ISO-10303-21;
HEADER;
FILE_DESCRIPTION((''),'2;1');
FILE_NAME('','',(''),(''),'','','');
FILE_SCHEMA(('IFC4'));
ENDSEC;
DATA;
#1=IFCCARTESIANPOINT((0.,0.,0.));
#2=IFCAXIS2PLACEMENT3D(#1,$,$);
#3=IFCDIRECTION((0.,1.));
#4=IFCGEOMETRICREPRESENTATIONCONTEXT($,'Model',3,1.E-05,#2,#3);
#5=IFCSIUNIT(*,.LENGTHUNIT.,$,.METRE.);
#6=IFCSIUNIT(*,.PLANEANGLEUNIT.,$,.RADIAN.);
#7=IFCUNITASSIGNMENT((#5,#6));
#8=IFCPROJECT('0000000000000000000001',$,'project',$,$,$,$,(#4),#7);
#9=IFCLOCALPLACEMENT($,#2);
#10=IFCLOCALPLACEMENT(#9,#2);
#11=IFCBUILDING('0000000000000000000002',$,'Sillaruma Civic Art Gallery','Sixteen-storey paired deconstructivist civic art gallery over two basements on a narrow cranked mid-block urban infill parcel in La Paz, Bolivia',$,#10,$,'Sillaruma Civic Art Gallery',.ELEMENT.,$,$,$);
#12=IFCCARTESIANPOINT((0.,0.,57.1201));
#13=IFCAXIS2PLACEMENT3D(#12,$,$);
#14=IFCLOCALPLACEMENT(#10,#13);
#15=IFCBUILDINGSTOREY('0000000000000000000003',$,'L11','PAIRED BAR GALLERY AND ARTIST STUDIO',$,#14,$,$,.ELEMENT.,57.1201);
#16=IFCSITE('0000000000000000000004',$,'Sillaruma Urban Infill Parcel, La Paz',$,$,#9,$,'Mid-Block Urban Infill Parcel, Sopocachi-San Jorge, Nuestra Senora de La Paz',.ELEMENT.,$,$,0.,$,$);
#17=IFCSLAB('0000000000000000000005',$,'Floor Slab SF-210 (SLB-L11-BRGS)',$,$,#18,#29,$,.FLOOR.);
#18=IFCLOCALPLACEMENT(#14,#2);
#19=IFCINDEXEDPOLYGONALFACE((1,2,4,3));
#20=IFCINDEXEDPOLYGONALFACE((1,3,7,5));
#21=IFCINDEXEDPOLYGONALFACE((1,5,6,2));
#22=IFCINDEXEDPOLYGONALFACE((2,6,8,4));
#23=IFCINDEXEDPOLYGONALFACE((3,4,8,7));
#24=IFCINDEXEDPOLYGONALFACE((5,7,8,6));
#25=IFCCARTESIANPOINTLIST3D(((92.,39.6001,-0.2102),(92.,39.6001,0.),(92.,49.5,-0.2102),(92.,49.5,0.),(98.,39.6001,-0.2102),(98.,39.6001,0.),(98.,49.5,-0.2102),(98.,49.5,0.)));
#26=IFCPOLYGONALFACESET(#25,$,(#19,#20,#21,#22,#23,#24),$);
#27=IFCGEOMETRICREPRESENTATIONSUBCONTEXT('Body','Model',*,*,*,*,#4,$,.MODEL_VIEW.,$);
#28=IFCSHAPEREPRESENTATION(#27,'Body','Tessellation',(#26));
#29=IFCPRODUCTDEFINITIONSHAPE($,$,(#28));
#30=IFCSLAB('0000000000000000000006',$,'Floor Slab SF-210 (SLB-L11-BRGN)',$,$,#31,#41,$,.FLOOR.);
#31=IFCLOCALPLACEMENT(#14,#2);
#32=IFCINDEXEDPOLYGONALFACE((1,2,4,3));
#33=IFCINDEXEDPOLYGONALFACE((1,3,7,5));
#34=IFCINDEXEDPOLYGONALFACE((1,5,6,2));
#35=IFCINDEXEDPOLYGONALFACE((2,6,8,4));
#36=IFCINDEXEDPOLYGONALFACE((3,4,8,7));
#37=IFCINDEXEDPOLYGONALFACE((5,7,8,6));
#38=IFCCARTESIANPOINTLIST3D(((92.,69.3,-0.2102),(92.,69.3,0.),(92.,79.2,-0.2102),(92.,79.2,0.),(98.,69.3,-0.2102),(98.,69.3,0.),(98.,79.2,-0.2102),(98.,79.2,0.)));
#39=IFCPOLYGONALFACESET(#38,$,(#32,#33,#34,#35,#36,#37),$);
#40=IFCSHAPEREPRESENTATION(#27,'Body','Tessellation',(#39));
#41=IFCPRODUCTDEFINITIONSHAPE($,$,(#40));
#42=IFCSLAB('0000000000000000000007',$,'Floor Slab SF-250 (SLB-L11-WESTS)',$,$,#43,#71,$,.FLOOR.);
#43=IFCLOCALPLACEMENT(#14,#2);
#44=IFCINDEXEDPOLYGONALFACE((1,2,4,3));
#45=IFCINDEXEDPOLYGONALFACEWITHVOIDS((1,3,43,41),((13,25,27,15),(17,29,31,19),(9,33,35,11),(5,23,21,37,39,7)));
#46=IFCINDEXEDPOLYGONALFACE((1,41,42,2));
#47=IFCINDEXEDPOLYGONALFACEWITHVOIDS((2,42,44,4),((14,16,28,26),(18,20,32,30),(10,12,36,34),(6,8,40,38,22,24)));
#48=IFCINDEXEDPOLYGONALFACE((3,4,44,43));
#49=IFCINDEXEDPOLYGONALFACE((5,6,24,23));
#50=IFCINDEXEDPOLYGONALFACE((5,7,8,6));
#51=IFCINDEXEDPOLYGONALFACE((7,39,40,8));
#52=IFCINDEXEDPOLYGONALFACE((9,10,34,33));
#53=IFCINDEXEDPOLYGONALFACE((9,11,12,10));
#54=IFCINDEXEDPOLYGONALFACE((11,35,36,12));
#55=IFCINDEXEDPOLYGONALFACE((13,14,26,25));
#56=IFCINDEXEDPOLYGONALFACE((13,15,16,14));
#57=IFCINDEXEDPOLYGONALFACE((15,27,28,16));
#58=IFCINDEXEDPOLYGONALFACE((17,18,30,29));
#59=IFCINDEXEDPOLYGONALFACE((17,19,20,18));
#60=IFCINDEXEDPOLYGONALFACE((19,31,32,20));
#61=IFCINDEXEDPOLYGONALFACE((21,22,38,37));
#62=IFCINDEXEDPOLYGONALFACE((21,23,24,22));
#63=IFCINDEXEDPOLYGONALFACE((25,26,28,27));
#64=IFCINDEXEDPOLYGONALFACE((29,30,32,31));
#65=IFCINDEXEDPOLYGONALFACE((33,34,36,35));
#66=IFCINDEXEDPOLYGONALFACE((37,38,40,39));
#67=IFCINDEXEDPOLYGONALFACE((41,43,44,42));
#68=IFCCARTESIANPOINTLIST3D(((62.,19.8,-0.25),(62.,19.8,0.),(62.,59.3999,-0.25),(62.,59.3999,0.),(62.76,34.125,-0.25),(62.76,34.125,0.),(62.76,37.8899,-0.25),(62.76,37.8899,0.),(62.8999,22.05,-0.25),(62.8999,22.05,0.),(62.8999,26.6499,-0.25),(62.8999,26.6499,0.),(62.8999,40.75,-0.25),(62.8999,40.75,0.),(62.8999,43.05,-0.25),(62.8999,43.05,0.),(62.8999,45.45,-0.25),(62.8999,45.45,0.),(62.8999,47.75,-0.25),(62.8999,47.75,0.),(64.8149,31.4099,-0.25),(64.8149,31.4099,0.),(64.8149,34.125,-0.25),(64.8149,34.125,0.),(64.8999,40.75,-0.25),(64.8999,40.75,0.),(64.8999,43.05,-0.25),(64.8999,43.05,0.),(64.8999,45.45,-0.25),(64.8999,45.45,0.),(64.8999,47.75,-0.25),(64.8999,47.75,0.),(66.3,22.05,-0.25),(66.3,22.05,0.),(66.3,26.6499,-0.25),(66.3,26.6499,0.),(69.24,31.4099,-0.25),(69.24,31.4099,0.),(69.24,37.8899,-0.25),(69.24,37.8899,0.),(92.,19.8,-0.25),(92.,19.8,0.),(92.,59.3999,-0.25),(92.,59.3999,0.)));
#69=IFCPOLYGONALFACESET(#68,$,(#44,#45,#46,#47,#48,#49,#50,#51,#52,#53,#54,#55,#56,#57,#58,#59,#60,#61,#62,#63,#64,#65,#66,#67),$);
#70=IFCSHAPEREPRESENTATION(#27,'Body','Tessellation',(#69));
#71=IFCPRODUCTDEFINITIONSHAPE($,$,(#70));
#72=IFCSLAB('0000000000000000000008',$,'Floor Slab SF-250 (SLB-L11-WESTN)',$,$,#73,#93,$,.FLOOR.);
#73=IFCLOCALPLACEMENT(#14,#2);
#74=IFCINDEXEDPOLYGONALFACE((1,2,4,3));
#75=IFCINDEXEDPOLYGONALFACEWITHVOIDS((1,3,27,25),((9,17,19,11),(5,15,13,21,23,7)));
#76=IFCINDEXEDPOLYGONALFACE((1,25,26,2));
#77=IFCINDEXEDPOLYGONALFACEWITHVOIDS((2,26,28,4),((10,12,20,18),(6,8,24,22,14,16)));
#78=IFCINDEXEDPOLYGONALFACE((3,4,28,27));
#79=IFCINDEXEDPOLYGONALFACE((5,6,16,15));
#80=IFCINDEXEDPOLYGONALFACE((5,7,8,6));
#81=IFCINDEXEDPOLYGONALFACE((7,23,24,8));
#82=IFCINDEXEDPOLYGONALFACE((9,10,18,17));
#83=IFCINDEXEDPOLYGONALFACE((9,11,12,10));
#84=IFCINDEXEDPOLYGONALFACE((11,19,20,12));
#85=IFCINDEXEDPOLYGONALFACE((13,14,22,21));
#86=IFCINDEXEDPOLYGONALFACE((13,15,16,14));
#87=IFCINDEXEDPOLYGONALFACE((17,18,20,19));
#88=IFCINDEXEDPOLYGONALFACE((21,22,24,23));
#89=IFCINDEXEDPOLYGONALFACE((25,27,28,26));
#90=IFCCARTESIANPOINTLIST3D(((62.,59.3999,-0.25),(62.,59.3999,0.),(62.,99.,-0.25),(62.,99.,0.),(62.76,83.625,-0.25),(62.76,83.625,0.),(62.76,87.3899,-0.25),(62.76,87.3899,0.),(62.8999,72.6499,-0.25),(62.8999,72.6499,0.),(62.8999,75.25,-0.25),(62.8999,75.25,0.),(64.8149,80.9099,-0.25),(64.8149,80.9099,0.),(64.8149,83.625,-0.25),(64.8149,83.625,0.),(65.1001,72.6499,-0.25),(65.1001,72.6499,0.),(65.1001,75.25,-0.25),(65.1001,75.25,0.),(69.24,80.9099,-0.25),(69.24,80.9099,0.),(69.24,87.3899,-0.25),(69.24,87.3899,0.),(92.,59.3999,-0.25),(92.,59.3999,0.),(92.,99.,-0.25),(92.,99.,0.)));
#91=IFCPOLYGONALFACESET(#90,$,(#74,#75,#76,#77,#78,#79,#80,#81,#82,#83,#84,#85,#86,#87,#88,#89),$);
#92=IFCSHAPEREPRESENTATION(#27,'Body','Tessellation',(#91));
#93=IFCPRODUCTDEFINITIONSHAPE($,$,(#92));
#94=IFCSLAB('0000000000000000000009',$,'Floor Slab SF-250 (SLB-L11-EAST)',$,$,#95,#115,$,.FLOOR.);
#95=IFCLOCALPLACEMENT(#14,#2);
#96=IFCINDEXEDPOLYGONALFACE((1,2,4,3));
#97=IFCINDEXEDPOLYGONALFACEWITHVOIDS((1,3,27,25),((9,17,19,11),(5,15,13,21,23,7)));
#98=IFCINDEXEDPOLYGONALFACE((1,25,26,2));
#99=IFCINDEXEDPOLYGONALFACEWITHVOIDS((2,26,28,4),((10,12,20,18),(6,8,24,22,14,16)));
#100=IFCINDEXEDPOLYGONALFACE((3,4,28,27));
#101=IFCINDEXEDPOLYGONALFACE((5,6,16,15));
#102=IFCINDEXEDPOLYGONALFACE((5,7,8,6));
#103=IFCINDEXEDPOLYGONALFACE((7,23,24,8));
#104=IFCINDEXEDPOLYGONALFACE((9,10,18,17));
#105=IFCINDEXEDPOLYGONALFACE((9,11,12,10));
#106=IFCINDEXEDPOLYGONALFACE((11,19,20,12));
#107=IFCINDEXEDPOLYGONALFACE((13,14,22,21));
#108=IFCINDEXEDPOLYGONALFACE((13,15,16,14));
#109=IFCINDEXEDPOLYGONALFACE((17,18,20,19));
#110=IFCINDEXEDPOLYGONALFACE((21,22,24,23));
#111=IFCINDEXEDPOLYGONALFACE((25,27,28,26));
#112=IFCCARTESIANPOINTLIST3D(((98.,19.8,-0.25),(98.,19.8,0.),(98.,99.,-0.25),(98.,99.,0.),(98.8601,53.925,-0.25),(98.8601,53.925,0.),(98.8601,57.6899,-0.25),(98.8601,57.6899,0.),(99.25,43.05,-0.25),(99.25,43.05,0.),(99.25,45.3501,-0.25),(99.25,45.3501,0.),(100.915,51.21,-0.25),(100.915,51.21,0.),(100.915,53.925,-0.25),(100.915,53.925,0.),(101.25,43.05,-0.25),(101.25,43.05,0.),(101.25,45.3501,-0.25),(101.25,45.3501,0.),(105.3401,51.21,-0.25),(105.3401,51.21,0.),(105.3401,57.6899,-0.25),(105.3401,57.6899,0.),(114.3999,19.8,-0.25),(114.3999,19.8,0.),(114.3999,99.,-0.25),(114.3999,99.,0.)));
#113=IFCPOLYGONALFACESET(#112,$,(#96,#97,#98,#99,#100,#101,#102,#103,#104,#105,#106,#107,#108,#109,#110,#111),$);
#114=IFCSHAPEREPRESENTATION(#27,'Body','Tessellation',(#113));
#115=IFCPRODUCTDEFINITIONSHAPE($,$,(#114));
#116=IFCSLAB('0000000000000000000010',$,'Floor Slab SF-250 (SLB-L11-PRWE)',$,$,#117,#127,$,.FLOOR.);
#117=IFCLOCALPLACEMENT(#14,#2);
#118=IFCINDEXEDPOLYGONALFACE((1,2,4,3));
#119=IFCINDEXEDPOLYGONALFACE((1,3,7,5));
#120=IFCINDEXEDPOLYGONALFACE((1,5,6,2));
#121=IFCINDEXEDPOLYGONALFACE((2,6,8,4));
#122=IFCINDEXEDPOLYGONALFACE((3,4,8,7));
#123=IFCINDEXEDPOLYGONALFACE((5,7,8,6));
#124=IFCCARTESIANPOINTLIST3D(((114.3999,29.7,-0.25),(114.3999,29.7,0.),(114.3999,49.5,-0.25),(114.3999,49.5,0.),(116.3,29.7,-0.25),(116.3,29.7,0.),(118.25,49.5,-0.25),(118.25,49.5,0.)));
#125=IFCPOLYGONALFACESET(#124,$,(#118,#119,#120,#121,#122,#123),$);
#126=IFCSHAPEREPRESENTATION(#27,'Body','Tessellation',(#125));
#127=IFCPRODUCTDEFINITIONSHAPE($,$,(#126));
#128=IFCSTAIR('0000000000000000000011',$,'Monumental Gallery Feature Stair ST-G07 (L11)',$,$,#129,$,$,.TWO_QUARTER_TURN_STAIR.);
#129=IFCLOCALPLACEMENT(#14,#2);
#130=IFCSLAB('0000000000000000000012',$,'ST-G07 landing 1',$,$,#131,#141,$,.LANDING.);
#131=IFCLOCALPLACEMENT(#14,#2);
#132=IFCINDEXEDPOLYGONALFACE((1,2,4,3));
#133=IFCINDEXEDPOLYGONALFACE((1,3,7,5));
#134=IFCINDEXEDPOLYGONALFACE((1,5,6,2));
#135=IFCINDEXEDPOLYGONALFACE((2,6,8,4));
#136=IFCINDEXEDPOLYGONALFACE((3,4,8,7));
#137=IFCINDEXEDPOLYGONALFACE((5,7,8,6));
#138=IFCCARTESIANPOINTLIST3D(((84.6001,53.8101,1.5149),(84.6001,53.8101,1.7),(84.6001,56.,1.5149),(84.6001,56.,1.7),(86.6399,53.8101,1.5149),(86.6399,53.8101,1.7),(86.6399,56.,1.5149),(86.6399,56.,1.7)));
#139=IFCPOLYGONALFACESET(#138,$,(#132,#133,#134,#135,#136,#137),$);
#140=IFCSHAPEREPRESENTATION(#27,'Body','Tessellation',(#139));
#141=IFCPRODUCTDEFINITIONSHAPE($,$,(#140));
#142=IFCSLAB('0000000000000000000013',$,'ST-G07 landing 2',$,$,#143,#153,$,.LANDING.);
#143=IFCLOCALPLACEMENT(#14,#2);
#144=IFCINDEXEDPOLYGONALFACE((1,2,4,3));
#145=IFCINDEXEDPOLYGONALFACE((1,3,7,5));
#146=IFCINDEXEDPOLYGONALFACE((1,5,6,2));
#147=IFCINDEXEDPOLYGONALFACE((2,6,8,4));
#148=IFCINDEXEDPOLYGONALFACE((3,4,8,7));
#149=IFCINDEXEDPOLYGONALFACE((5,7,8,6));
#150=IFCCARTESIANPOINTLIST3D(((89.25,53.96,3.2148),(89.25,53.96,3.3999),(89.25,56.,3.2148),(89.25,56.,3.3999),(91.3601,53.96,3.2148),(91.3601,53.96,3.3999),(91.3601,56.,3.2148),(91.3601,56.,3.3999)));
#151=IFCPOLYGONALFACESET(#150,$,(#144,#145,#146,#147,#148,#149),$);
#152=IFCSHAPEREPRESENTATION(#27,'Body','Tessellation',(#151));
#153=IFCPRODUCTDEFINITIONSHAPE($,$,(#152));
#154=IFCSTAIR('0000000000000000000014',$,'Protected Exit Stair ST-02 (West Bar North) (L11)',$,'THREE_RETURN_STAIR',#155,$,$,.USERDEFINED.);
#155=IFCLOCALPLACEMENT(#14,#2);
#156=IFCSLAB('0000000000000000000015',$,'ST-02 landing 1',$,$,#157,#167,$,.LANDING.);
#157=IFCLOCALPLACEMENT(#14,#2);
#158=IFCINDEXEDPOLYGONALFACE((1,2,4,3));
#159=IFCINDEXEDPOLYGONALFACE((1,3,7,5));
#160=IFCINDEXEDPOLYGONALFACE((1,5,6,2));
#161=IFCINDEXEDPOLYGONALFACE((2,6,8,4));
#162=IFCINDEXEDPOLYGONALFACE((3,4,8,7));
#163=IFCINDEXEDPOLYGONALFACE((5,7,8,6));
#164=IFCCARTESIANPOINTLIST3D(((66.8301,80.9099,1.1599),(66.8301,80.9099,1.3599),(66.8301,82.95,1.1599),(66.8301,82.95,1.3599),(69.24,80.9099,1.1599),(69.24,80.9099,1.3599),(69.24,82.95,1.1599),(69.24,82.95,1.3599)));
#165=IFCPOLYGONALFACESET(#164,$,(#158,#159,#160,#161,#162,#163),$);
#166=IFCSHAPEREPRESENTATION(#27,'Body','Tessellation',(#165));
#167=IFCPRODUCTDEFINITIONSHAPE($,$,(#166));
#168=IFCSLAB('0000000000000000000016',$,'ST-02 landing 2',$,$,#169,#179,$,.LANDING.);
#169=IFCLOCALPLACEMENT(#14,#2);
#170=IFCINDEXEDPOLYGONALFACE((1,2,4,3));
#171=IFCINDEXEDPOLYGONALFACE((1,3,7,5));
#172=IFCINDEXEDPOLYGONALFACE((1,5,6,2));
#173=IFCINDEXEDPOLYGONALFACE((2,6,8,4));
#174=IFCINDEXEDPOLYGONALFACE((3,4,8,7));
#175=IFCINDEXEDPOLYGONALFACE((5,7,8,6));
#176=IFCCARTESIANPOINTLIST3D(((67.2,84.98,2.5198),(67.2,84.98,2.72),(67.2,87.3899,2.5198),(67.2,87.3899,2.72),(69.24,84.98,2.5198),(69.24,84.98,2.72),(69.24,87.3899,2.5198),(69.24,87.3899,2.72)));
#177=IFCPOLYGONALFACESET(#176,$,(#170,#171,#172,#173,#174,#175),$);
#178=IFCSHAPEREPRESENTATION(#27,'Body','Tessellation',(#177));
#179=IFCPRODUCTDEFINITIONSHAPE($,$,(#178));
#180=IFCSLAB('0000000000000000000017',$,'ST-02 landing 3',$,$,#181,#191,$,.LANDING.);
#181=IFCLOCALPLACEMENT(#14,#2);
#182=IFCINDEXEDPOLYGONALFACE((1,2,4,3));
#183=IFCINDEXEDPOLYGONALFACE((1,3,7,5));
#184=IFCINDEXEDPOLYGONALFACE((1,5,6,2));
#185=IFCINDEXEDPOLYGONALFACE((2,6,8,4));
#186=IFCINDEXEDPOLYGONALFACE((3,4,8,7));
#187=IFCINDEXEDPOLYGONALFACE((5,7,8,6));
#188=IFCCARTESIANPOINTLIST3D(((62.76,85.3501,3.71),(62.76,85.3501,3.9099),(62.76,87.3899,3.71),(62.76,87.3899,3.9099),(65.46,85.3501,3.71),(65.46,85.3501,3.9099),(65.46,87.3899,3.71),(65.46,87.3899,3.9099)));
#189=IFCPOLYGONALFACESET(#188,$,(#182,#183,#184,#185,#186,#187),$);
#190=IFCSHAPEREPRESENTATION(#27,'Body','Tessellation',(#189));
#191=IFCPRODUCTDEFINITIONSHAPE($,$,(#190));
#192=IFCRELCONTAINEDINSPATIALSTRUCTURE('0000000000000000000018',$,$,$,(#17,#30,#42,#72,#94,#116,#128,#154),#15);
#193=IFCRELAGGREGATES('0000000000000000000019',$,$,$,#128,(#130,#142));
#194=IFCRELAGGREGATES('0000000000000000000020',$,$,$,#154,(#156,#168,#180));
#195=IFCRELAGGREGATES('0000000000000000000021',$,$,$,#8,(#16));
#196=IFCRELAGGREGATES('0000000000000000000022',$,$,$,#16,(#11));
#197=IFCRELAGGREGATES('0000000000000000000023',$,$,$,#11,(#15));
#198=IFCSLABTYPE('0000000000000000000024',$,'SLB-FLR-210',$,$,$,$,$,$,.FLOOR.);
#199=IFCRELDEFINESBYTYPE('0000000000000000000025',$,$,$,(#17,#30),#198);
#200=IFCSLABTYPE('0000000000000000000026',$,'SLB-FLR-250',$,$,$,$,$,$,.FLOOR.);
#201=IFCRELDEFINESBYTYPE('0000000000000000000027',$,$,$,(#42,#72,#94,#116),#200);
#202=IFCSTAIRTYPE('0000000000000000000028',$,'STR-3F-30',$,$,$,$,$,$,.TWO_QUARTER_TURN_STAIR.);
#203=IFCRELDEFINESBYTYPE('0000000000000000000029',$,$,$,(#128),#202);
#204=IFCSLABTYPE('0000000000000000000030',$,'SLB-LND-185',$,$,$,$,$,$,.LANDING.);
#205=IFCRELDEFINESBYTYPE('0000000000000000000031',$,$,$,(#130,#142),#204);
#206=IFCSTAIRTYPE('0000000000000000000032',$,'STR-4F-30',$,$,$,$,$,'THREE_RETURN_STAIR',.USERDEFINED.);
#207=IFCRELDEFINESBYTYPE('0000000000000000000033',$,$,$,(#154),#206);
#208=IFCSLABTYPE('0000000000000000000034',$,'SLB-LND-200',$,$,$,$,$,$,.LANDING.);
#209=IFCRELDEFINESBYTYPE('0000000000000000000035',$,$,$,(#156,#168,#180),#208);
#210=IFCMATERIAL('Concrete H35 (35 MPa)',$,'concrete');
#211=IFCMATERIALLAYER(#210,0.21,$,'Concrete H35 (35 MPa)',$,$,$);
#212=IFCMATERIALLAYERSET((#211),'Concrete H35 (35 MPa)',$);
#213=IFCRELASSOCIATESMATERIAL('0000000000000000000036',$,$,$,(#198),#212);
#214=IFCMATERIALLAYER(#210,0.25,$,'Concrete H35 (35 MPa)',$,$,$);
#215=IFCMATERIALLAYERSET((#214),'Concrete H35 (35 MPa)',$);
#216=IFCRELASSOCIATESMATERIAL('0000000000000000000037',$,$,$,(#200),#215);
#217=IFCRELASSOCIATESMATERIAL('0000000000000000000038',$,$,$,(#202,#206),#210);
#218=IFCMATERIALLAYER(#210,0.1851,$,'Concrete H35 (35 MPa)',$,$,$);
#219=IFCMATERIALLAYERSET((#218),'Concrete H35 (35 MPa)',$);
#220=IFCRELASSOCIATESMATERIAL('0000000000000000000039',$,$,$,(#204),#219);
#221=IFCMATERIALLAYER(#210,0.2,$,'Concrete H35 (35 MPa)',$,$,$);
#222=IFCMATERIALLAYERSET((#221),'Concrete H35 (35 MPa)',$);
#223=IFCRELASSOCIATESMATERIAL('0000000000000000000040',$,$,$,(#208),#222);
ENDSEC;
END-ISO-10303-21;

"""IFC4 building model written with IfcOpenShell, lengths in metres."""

from ifc_helpers import new_model, si_unit, direction, frame, origin, place, context, subcontext, project, spatial, polyline, outline, extrude, material, layer, layer_set, type_object, element, aggregate, save


model = new_model("IFC4")

# Units and contexts
model_context = context("Model", 3, precision=1e-05, world=origin(), true_north=direction((0.0, 1.0)))
body_context = subcontext(model_context, "Body", "Model", "MODEL_VIEW")
ifc_project = project(units=[si_unit("LENGTHUNIT", "METRE"), si_unit("PLANEANGLEUNIT", "RADIAN")], contexts=[model_context])

# Site, building, storey
site_placement = place(None, origin())
site = spatial("IfcSite", under=ifc_project, at=site_placement, Name="Sillaruma Urban Infill Parcel, La Paz", LongName="Mid-Block Urban Infill Parcel, Sopocachi-San Jorge, Nuestra Senora de La Paz", CompositionType="ELEMENT", RefElevation=0.0)
building_placement = place(site_placement, origin())
building = spatial("IfcBuilding", under=site, at=building_placement, Name="Sillaruma Civic Art Gallery", Description="Sixteen-storey paired deconstructivist civic art gallery over two basements on a narrow cranked mid-block urban infill parcel in La Paz, Bolivia", LongName="Sillaruma Civic Art Gallery", CompositionType="ELEMENT")
storey_placement = place(building_placement, frame((0.0, 0.0, 57.1201)))
storey = spatial("IfcBuildingStorey", under=building, at=storey_placement, Name="L11", Description="PAIRED BAR GALLERY AND ARTIST STUDIO", CompositionType="ELEMENT", Elevation=57.1201)

# Slabs
ifc_material_1 = material(Name="Concrete H35 (35 MPa)", Category="concrete")
ifc_layer_1 = layer(ifc_material_1, 0.21, Name="Concrete H35 (35 MPa)")
ifc_layer_set_1 = layer_set([ifc_layer_1], Name="Concrete H35 (35 MPa)")
slab_type_1 = type_object("IfcSlabType", Name="SLB-FLR-210", PredefinedType="FLOOR", material=ifc_layer_set_1)
slab_1_placement = place(storey_placement, frame((0.0, 0.0, -0.2102)))
element("IfcSlab", 1, at=slab_1_placement, inside=storey, type_object=slab_type_1, Name="Floor Slab SF-210 (SLB-L11-BRGS)", PredefinedType="FLOOR", context=body_context, shape_type="SweptSolid", body=[
    extrude(outline(polyline([(92.0, 39.6001), (98.0, 39.6001), (98.0, 49.5), (92.0, 49.5), (92.0, 39.6001)])), origin(), (0.0, 0.0, 1.0), 0.2102),
])
slab_2_placement = place(storey_placement, frame((0.0, 0.0, -0.2102)))
element("IfcSlab", 2, at=slab_2_placement, inside=storey, type_object=slab_type_1, Name="Floor Slab SF-210 (SLB-L11-BRGN)", PredefinedType="FLOOR", context=body_context, shape_type="SweptSolid", body=[
    extrude(outline(polyline([(92.0, 69.3), (98.0, 69.3), (98.0, 79.2), (92.0, 79.2), (92.0, 69.3)])), origin(), (0.0, 0.0, 1.0), 0.2102),
])
ifc_layer_2 = layer(ifc_material_1, 0.25, Name="Concrete H35 (35 MPa)")
ifc_layer_set_2 = layer_set([ifc_layer_2], Name="Concrete H35 (35 MPa)")
slab_type_2 = type_object("IfcSlabType", Name="SLB-FLR-250", PredefinedType="FLOOR", material=ifc_layer_set_2)
slab_3_placement = place(storey_placement, frame((0.0, 0.0, -0.25)))
element("IfcSlab", 3, at=slab_3_placement, inside=storey, type_object=slab_type_2, Name="Floor Slab SF-250 (SLB-L11-WESTS)", PredefinedType="FLOOR", context=body_context, shape_type="SweptSolid", body=[
    extrude(outline(polyline([(62.0, 19.8), (92.0, 19.8), (92.0, 59.3999), (62.0, 59.3999), (62.0, 19.8)]), holes=[polyline([(64.8149, 31.4099), (69.24, 31.4099), (69.24, 37.8899), (62.76, 37.8899), (62.76, 34.125), (64.8149, 34.125), (64.8149, 31.4099)]), polyline([(62.8999, 40.75), (64.8999, 40.75), (64.8999, 43.05), (62.8999, 43.05), (62.8999, 40.75)]), polyline([(62.8999, 45.45), (64.8999, 45.45), (64.8999, 47.75), (62.8999, 47.75), (62.8999, 45.45)]), polyline([(62.8999, 22.05), (66.3, 22.05), (66.3, 26.6499), (62.8999, 26.6499), (62.8999, 22.05)])]), origin(), (0.0, 0.0, 1.0), 0.25),
])
slab_4_placement = place(storey_placement, frame((0.0, 0.0, -0.25)))
element("IfcSlab", 4, at=slab_4_placement, inside=storey, type_object=slab_type_2, Name="Floor Slab SF-250 (SLB-L11-WESTN)", PredefinedType="FLOOR", context=body_context, shape_type="SweptSolid", body=[
    extrude(outline(polyline([(62.0, 59.3999), (92.0, 59.3999), (92.0, 99.0), (62.0, 99.0), (62.0, 59.3999)]), holes=[polyline([(64.8149, 80.9099), (69.24, 80.9099), (69.24, 87.3899), (62.76, 87.3899), (62.76, 83.625), (64.8149, 83.625), (64.8149, 80.9099)]), polyline([(62.8999, 72.6499), (65.1001, 72.6499), (65.1001, 75.25), (62.8999, 75.25), (62.8999, 72.6499)])]), origin(), (0.0, 0.0, 1.0), 0.25),
])
slab_5_placement = place(storey_placement, frame((0.0, 0.0, -0.25)))
element("IfcSlab", 5, at=slab_5_placement, inside=storey, type_object=slab_type_2, Name="Floor Slab SF-250 (SLB-L11-EAST)", PredefinedType="FLOOR", context=body_context, shape_type="SweptSolid", body=[
    extrude(outline(polyline([(98.0, 19.8), (114.3999, 19.8), (114.3999, 99.0), (98.0, 99.0), (98.0, 19.8)]), holes=[polyline([(100.915, 51.21), (105.3401, 51.21), (105.3401, 57.6899), (98.8601, 57.6899), (98.8601, 53.925), (100.915, 53.925), (100.915, 51.21)]), polyline([(99.25, 43.05), (101.25, 43.05), (101.25, 45.3501), (99.25, 45.3501), (99.25, 43.05)])]), origin(), (0.0, 0.0, 1.0), 0.25),
])
slab_6_placement = place(storey_placement, frame((0.0, 0.0, -0.25)))
element("IfcSlab", 6, at=slab_6_placement, inside=storey, type_object=slab_type_2, Name="Floor Slab SF-250 (SLB-L11-PRWE)", PredefinedType="FLOOR", context=body_context, shape_type="SweptSolid", body=[
    extrude(outline(polyline([(114.3999, 29.7), (116.3, 29.7), (118.25, 49.5), (114.3999, 49.5), (114.3999, 29.7)])), origin(), (0.0, 0.0, 1.0), 0.25),
])

# Stairs, slabs
stair_type_1 = type_object("IfcStairType", Name="STR-3F-30", PredefinedType="TWO_QUARTER_TURN_STAIR", material=ifc_material_1)
stair_1_placement = place(storey_placement, origin())
stair_1 = element("IfcStair", 7, at=stair_1_placement, inside=storey, type_object=stair_type_1, Name="Monumental Gallery Feature Stair ST-G07 (L11)", PredefinedType="TWO_QUARTER_TURN_STAIR")
ifc_layer_3 = layer(ifc_material_1, 0.1851, Name="Concrete H35 (35 MPa)")
ifc_layer_set_3 = layer_set([ifc_layer_3], Name="Concrete H35 (35 MPa)")
slab_type_3 = type_object("IfcSlabType", Name="SLB-LND-185", PredefinedType="LANDING", material=ifc_layer_set_3)
slab_7_placement = place(storey_placement, frame((0.0, 0.0, 1.5149)))
slab_7 = element("IfcSlab", 8, at=slab_7_placement, type_object=slab_type_3, Name="ST-G07 landing 1", PredefinedType="LANDING", context=body_context, shape_type="SweptSolid", body=[
    extrude(outline(polyline([(84.6001, 53.8101), (86.6399, 53.8101), (86.6399, 56.0), (84.6001, 56.0), (84.6001, 53.8101)])), origin(), (0.0, 0.0, 1.0), 0.1851),
])
slab_8_placement = place(storey_placement, frame((0.0, 0.0, 3.2148)))
slab_8 = element("IfcSlab", 9, at=slab_8_placement, type_object=slab_type_3, Name="ST-G07 landing 2", PredefinedType="LANDING", context=body_context, shape_type="SweptSolid", body=[
    extrude(outline(polyline([(89.25, 53.96), (91.3601, 53.96), (91.3601, 56.0), (89.25, 56.0), (89.25, 53.96)])), origin(), (0.0, 0.0, 1.0), 0.1851),
])
aggregate(stair_1, [slab_7, slab_8])
stair_type_2 = type_object("IfcStairType", Name="STR-4F-30", ElementType="THREE_RETURN_STAIR", PredefinedType="USERDEFINED", material=ifc_material_1)
stair_2_placement = place(storey_placement, origin())
stair_2 = element("IfcStair", 10, at=stair_2_placement, inside=storey, type_object=stair_type_2, Name="Protected Exit Stair ST-02 (West Bar North) (L11)", ObjectType="THREE_RETURN_STAIR", PredefinedType="USERDEFINED")
ifc_layer_4 = layer(ifc_material_1, 0.2, Name="Concrete H35 (35 MPa)")
ifc_layer_set_4 = layer_set([ifc_layer_4], Name="Concrete H35 (35 MPa)")
slab_type_4 = type_object("IfcSlabType", Name="SLB-LND-200", PredefinedType="LANDING", material=ifc_layer_set_4)
slab_9_placement = place(storey_placement, frame((0.0, 0.0, 1.1599)))
slab_9 = element("IfcSlab", 11, at=slab_9_placement, type_object=slab_type_4, Name="ST-02 landing 1", PredefinedType="LANDING", context=body_context, shape_type="SweptSolid", body=[
    extrude(outline(polyline([(66.8301, 80.9099), (69.24, 80.9099), (69.24, 82.95), (66.8301, 82.95), (66.8301, 80.9099)])), origin(), (0.0, 0.0, 1.0), 0.2),
])
slab_10_placement = place(storey_placement, frame((0.0, 0.0, 2.5198)))
slab_10 = element("IfcSlab", 12, at=slab_10_placement, type_object=slab_type_4, Name="ST-02 landing 2", PredefinedType="LANDING", context=body_context, shape_type="SweptSolid", body=[
    extrude(outline(polyline([(67.2, 84.98), (69.24, 84.98), (69.24, 87.3899), (67.2, 87.3899), (67.2, 84.98)])), origin(), (0.0, 0.0, 1.0), 0.2002),
])
slab_11_placement = place(storey_placement, frame((0.0, 0.0, 3.71)))
slab_11 = element("IfcSlab", 13, at=slab_11_placement, type_object=slab_type_4, Name="ST-02 landing 3", PredefinedType="LANDING", context=body_context, shape_type="SweptSolid", body=[
    extrude(outline(polyline([(62.76, 85.3501), (65.46, 85.3501), (65.46, 87.3899), (62.76, 87.3899), (62.76, 85.3501)])), origin(), (0.0, 0.0, 1.0), 0.2),
])
aggregate(stair_2, [slab_9, slab_10, slab_11])

save(model, "model.ifc")
